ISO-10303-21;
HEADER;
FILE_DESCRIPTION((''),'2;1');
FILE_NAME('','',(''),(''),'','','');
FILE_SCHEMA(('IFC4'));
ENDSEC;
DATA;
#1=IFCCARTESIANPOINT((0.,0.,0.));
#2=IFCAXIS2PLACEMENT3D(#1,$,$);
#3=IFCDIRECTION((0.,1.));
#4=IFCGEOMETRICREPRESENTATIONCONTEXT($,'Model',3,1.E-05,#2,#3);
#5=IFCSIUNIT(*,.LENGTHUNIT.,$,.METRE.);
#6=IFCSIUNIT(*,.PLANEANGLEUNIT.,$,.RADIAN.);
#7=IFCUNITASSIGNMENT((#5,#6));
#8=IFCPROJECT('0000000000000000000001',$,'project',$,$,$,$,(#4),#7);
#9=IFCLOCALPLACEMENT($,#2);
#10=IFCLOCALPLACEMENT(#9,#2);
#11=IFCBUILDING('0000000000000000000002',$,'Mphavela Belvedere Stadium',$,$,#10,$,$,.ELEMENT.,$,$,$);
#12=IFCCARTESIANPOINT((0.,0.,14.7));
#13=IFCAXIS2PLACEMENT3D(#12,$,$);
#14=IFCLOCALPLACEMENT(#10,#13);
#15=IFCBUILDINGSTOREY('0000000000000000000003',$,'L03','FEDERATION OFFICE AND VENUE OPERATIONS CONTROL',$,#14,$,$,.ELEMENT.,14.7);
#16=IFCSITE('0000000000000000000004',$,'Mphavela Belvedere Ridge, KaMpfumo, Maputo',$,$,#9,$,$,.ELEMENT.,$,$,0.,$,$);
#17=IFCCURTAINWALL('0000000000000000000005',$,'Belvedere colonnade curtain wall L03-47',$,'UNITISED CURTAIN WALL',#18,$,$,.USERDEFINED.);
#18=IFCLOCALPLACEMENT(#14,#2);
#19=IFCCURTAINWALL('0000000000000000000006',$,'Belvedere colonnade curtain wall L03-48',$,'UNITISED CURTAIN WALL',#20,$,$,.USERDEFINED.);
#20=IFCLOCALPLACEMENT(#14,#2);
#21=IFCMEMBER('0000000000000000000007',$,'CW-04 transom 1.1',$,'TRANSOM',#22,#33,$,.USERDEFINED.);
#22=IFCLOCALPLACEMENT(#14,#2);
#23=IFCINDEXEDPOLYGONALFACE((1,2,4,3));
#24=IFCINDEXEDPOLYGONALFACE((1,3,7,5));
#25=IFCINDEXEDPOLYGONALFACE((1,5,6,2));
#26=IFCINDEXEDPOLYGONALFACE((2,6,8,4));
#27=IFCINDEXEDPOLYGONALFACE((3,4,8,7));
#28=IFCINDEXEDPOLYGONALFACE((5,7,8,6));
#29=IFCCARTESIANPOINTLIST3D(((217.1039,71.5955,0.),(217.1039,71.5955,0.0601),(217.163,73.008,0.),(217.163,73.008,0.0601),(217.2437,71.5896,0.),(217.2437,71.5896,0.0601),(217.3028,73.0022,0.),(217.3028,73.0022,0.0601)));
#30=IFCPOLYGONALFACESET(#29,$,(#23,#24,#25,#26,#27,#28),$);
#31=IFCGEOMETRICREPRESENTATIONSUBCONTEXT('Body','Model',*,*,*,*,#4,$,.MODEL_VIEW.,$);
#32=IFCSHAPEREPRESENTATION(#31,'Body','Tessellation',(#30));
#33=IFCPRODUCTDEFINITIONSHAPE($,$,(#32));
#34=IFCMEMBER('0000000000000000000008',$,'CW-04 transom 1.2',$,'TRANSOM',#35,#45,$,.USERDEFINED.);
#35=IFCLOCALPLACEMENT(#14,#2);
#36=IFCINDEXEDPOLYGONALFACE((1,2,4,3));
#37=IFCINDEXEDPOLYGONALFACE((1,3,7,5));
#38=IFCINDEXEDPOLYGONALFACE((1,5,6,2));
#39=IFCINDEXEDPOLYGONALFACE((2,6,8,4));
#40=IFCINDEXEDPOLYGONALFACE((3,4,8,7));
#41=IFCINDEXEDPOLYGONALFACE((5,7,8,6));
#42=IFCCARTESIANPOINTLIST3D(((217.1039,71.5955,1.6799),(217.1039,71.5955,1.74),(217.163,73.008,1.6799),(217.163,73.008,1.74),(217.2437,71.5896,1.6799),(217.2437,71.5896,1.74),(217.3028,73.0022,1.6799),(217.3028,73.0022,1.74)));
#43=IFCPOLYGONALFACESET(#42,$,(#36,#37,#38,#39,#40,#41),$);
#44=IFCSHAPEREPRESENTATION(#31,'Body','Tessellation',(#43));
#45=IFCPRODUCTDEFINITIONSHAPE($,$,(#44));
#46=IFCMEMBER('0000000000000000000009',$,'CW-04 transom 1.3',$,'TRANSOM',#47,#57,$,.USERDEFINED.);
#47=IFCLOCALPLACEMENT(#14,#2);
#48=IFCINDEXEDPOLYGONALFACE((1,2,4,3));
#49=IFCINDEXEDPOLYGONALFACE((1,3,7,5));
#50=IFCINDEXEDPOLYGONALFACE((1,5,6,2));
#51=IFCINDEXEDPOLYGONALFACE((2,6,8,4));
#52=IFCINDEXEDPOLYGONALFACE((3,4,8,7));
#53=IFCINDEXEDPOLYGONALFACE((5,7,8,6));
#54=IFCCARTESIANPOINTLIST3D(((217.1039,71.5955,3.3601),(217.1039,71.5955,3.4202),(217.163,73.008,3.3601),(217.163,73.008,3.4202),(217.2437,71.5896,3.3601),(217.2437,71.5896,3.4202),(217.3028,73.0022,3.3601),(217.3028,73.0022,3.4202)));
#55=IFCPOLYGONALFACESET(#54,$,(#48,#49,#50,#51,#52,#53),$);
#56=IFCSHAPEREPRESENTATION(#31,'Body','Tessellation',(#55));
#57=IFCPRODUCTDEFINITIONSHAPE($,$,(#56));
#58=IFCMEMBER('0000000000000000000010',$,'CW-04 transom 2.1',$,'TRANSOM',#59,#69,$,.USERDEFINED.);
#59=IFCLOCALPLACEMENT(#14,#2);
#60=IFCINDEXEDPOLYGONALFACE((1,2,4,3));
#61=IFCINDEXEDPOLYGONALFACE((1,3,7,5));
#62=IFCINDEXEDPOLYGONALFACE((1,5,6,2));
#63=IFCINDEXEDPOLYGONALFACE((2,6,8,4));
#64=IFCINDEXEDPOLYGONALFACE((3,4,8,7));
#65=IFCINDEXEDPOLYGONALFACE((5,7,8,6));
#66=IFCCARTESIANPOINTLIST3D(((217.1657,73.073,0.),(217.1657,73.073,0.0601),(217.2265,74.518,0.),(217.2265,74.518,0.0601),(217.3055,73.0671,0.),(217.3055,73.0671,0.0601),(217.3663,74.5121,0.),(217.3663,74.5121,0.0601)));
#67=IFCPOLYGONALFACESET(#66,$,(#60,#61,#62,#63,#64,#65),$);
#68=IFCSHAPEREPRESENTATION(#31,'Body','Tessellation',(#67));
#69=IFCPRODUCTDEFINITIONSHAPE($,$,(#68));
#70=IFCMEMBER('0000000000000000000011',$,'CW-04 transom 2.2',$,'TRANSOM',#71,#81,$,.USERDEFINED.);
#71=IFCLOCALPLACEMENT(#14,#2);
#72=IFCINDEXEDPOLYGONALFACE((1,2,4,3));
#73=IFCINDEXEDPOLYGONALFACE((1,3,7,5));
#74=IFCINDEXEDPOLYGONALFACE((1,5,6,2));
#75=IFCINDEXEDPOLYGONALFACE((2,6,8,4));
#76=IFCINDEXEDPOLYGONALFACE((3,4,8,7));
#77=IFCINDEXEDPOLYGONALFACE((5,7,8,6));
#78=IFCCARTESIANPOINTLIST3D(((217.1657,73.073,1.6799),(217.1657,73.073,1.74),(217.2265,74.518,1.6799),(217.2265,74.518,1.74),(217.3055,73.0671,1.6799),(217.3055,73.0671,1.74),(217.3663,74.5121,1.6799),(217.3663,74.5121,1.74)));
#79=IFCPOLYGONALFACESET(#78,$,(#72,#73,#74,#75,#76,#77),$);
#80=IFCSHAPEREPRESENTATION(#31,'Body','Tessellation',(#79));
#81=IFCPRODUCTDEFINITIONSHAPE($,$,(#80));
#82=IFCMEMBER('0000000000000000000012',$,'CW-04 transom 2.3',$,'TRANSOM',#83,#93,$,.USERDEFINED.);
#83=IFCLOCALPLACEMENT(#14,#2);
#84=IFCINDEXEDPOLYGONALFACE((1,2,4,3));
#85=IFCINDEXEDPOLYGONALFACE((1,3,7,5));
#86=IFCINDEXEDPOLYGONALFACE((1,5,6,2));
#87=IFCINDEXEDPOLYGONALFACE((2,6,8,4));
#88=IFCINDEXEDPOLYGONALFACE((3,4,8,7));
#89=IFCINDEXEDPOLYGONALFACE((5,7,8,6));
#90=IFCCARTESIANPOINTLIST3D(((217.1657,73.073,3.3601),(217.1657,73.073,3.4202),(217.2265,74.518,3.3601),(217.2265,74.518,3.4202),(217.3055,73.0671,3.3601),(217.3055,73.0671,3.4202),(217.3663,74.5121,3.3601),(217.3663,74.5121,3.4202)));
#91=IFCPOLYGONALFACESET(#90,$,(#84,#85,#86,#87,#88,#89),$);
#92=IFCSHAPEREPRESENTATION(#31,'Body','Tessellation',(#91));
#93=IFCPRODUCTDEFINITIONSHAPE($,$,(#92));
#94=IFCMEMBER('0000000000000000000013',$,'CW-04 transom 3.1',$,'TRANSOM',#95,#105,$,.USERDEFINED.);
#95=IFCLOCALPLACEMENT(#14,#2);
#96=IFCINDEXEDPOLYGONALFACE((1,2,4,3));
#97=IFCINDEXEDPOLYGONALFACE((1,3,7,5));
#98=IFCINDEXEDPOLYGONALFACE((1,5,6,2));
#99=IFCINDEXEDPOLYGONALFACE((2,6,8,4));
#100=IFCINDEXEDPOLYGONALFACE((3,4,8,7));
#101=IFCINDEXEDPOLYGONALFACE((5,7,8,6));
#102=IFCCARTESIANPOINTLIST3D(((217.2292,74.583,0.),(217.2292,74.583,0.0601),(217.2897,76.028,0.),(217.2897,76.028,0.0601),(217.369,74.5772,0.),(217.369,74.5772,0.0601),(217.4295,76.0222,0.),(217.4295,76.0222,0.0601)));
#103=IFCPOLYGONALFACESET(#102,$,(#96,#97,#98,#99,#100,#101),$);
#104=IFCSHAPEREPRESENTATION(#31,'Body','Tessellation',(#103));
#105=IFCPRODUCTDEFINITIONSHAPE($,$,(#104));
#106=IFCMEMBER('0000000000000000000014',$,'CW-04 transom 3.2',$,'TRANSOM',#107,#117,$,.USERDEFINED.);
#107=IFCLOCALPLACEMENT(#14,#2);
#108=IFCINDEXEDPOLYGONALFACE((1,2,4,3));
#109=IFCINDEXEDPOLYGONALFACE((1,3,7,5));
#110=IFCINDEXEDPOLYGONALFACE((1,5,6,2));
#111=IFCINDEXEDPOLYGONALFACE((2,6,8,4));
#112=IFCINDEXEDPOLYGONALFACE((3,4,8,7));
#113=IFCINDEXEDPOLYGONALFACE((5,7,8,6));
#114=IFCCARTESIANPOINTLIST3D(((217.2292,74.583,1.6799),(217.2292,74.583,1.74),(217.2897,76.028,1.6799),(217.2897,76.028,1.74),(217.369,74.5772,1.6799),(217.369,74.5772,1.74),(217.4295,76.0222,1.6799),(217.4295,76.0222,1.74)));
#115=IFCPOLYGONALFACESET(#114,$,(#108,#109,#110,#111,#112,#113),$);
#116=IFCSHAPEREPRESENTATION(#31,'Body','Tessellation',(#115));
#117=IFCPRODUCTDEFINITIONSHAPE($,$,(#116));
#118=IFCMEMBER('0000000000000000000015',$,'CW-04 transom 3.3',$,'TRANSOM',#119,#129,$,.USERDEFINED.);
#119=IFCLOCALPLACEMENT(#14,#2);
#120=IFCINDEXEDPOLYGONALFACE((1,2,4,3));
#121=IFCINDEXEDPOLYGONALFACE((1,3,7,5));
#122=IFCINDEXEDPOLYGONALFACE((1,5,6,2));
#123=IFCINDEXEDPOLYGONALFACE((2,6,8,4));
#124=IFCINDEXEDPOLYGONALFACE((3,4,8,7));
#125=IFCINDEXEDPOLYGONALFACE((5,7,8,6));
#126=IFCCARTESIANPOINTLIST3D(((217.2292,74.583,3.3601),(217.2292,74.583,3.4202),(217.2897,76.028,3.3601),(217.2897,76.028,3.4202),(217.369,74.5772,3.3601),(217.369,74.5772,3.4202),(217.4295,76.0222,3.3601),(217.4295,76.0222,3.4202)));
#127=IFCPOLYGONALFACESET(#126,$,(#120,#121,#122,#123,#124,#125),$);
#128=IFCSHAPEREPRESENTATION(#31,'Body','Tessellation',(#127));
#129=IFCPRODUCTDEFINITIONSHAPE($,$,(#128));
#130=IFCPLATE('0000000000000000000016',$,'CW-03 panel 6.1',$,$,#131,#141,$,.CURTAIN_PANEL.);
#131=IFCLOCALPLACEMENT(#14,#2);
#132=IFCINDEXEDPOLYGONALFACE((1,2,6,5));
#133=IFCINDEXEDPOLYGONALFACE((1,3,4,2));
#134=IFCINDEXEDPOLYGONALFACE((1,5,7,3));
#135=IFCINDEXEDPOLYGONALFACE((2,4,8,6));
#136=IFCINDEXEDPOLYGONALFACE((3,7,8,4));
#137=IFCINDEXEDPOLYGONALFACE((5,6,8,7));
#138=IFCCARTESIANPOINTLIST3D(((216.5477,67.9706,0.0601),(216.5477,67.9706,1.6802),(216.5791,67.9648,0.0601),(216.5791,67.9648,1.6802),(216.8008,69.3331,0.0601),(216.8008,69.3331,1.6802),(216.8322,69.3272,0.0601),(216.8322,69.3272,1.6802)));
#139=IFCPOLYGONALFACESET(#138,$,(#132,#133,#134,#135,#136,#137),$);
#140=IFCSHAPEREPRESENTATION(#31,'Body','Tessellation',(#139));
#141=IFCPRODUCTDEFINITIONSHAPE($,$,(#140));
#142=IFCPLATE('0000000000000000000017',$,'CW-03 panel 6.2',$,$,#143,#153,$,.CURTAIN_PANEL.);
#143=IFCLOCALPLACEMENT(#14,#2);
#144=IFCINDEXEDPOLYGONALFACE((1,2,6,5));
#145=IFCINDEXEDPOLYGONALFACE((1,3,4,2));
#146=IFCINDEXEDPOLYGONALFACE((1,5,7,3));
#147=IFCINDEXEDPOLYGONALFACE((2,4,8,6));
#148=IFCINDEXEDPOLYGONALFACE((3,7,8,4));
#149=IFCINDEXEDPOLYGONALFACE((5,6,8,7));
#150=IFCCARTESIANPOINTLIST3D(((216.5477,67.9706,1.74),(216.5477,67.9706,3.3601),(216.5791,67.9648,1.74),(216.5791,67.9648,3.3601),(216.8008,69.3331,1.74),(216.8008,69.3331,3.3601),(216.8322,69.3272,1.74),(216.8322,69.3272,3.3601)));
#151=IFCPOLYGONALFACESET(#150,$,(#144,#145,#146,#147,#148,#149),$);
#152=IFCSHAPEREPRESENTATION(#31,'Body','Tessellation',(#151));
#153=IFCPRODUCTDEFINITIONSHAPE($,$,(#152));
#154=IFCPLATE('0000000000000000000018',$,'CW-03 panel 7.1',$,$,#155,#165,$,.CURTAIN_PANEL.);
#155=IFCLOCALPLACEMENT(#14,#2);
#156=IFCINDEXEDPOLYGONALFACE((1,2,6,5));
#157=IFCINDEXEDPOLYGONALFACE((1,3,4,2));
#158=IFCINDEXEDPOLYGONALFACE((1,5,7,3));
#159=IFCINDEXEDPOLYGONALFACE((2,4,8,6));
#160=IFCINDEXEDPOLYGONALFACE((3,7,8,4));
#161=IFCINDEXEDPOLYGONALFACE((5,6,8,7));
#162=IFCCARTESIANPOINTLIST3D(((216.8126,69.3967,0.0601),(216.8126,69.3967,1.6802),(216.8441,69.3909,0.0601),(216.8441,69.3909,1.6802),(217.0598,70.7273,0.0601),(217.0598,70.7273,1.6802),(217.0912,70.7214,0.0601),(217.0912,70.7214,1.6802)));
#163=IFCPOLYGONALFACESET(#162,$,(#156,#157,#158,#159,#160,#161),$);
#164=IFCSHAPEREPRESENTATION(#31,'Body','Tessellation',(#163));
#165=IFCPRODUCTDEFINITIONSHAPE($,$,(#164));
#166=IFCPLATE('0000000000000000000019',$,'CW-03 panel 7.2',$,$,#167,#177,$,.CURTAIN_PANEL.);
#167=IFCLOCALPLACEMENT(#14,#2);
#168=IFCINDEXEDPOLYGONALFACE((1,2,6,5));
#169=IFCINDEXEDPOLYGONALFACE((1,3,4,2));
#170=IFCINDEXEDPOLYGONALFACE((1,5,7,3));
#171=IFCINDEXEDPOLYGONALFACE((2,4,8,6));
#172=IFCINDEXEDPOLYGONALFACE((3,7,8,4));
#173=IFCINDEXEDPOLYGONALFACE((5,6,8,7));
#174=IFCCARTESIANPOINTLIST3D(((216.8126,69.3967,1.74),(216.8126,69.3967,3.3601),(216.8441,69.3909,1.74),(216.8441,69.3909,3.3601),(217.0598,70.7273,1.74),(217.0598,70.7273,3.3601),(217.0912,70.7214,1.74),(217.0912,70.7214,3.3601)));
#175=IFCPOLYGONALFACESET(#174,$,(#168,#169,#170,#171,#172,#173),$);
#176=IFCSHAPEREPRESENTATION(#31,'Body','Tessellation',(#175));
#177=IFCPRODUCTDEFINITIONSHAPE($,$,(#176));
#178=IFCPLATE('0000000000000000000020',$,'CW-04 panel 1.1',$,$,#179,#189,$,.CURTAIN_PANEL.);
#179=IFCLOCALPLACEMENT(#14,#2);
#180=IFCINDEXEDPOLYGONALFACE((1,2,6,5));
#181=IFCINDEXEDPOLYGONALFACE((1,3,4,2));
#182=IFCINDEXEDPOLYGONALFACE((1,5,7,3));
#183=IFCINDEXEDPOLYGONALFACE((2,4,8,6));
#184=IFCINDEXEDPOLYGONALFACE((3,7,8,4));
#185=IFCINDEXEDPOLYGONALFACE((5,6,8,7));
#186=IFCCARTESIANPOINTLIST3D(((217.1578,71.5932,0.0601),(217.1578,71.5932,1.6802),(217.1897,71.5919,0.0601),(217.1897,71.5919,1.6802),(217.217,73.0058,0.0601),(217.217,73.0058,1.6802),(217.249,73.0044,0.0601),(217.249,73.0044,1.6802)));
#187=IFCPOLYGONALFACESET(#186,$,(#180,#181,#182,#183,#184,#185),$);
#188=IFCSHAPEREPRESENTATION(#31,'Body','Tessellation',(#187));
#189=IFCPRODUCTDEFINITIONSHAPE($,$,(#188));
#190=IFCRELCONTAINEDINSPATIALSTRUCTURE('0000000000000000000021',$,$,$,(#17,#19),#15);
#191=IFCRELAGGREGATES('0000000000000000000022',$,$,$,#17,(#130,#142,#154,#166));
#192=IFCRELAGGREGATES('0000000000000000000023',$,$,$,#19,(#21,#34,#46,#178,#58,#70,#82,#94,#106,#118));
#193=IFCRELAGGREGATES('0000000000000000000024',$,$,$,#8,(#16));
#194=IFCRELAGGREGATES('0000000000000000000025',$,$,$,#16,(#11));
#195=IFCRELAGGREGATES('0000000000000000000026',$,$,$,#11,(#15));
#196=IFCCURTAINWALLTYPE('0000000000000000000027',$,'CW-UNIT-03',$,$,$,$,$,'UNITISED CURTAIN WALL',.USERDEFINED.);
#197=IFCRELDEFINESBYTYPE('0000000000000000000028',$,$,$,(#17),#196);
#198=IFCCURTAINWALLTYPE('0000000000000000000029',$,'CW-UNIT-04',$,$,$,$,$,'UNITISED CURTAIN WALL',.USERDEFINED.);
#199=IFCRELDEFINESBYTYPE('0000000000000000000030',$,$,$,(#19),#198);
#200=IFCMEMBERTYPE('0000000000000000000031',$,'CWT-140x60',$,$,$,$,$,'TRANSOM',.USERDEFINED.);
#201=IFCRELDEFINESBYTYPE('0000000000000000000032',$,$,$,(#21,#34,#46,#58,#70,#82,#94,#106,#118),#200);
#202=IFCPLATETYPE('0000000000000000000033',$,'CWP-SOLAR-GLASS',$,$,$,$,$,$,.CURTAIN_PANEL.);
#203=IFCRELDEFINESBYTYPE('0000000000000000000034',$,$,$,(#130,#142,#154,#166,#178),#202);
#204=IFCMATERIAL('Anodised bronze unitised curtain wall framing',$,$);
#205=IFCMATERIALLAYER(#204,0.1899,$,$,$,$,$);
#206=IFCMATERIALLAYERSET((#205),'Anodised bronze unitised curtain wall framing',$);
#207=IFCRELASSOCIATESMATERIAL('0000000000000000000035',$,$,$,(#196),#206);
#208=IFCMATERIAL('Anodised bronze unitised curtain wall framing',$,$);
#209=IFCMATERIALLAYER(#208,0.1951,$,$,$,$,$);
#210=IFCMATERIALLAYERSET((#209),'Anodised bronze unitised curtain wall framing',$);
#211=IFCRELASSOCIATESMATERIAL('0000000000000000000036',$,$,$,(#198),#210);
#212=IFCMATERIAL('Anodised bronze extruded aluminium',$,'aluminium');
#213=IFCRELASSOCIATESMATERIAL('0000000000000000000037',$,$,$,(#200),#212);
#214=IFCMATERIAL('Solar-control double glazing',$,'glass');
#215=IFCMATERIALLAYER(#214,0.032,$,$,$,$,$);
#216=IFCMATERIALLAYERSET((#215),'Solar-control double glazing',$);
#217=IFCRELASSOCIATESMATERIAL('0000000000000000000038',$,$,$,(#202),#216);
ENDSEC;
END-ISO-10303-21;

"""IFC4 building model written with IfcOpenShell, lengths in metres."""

from ifc_helpers import new_model, si_unit, direction, frame, origin, origin_2d, place, context, subcontext, project, spatial, rectangle, extrude, material, layer, layer_set, material_profile, profile_set, type_object, element, aggregate, save


model = new_model("IFC4")

# Units and contexts
model_context = context("Model", 3, precision=1e-05, world=origin(), true_north=direction((0.0, 1.0)))
body_context = subcontext(model_context, "Body", "Model", "MODEL_VIEW")
ifc_project = project(units=[si_unit("LENGTHUNIT", "METRE"), si_unit("PLANEANGLEUNIT", "RADIAN")], contexts=[model_context])

# Site, building, storey
site_placement = place(None, origin())
site = spatial("IfcSite", under=ifc_project, at=site_placement, Name="Mphavela Belvedere Ridge, KaMpfumo, Maputo", CompositionType="ELEMENT", RefElevation=0.0)
building_placement = place(site_placement, origin())
building = spatial("IfcBuilding", under=site, at=building_placement, Name="Mphavela Belvedere Stadium", CompositionType="ELEMENT")
storey_placement = place(building_placement, frame((0.0, 0.0, 14.7)))
storey = spatial("IfcBuildingStorey", under=building, at=storey_placement, Name="L03", Description="FEDERATION OFFICE AND VENUE OPERATIONS CONTROL", CompositionType="ELEMENT", Elevation=14.7)

# Curtain walls
ifc_material_1 = material(Name="Anodised bronze unitised curtain wall framing")
ifc_layer_1 = layer(ifc_material_1, 0.1899)
ifc_layer_set_1 = layer_set([ifc_layer_1], Name="Anodised bronze unitised curtain wall framing")
curtain_wall_type_1 = type_object("IfcCurtainWallType", Name="CW-UNIT-03", ElementType="UNITISED CURTAIN WALL", PredefinedType="USERDEFINED", material=ifc_layer_set_1)
curtain_wall_1_placement = place(storey_placement, origin())
curtain_wall_1 = element("IfcCurtainWall", 1, at=curtain_wall_1_placement, inside=storey, type_object=curtain_wall_type_1, Name="Belvedere colonnade curtain wall L03-47", ObjectType="UNITISED CURTAIN WALL", PredefinedType="USERDEFINED")
ifc_material_2 = material(Name="Anodised bronze unitised curtain wall framing")
ifc_layer_2 = layer(ifc_material_2, 0.1951)
ifc_layer_set_2 = layer_set([ifc_layer_2], Name="Anodised bronze unitised curtain wall framing")
curtain_wall_type_2 = type_object("IfcCurtainWallType", Name="CW-UNIT-04", ElementType="UNITISED CURTAIN WALL", PredefinedType="USERDEFINED", material=ifc_layer_set_2)
curtain_wall_2_placement = place(storey_placement, origin())
curtain_wall_2 = element("IfcCurtainWall", 2, at=curtain_wall_2_placement, inside=storey, type_object=curtain_wall_type_2, Name="Belvedere colonnade curtain wall L03-48", ObjectType="UNITISED CURTAIN WALL", PredefinedType="USERDEFINED")

# Members
ifc_material_3 = material(Name="Anodised bronze extruded aluminium", Category="aluminium")
ifc_material_profile_1 = material_profile(ifc_material_3, rectangle(XDim=0.1399, YDim=0.0601, at=origin_2d()), Name="CW-TRN 140x60")
ifc_profile_set_1 = profile_set([ifc_material_profile_1], Name="Anodised bronze extruded aluminium")
member_type_1 = type_object("IfcMemberType", Name="CWT-140x60", ElementType="TRANSOM", PredefinedType="USERDEFINED", material=ifc_profile_set_1)
member_1_placement = place(storey_placement, frame((217.1738, 71.5925, 0.03), z_axis=(0.041789, 0.999126, 0.0), x_axis=(-0.999126, 0.041789, 0.0)))
member_1 = element("IfcMember", 3, at=member_1_placement, type_object=member_type_1, Name="CW-04 transom 1.1", ObjectType="TRANSOM", PredefinedType="USERDEFINED", context=body_context, shape_type="SweptSolid", body=[
    extrude(rectangle(XDim=0.1399, YDim=0.0601, at=origin_2d()), origin(), (0.0, 0.0, 1.0), 1.4138),
])
member_2_placement = place(storey_placement, frame((217.1738, 71.5925, 1.71), z_axis=(0.041789, 0.999126, 0.0), x_axis=(-0.999126, 0.041789, 0.0)))
member_2 = element("IfcMember", 4, at=member_2_placement, type_object=member_type_1, Name="CW-04 transom 1.2", ObjectType="TRANSOM", PredefinedType="USERDEFINED", context=body_context, shape_type="SweptSolid", body=[
    extrude(rectangle(XDim=0.1399, YDim=0.0601, at=origin_2d()), origin(), (0.0, 0.0, 1.0), 1.4138),
])
member_3_placement = place(storey_placement, frame((217.1738, 71.5925, 3.3901), z_axis=(0.041789, 0.999126, 0.0), x_axis=(-0.999126, 0.041789, 0.0)))
member_3 = element("IfcMember", 5, at=member_3_placement, type_object=member_type_1, Name="CW-04 transom 1.3", ObjectType="TRANSOM", PredefinedType="USERDEFINED", context=body_context, shape_type="SweptSolid", body=[
    extrude(rectangle(XDim=0.1399, YDim=0.0601, at=origin_2d()), origin(), (0.0, 0.0, 1.0), 1.4138),
])
member_4_placement = place(storey_placement, frame((217.2356, 73.0701, 0.03), z_axis=(0.042031, 0.999116, 0.0), x_axis=(-0.999116, 0.042031, 0.0)))
member_4 = element("IfcMember", 6, at=member_4_placement, type_object=member_type_1, Name="CW-04 transom 2.1", ObjectType="TRANSOM", PredefinedType="USERDEFINED", context=body_context, shape_type="SweptSolid", body=[
    extrude(rectangle(XDim=0.1399, YDim=0.0601, at=origin_2d()), origin(), (0.0, 0.0, 1.0), 1.4463),
])
member_5_placement = place(storey_placement, frame((217.2356, 73.0701, 1.71), z_axis=(0.042031, 0.999116, 0.0), x_axis=(-0.999116, 0.042031, 0.0)))
member_5 = element("IfcMember", 7, at=member_5_placement, type_object=member_type_1, Name="CW-04 transom 2.2", ObjectType="TRANSOM", PredefinedType="USERDEFINED", context=body_context, shape_type="SweptSolid", body=[
    extrude(rectangle(XDim=0.1399, YDim=0.0601, at=origin_2d()), origin(), (0.0, 0.0, 1.0), 1.4463),
])
member_6_placement = place(storey_placement, frame((217.2356, 73.0701, 3.3901), z_axis=(0.042031, 0.999116, 0.0), x_axis=(-0.999116, 0.042031, 0.0)))
member_6 = element("IfcMember", 8, at=member_6_placement, type_object=member_type_1, Name="CW-04 transom 2.3", ObjectType="TRANSOM", PredefinedType="USERDEFINED", context=body_context, shape_type="SweptSolid", body=[
    extrude(rectangle(XDim=0.1399, YDim=0.0601, at=origin_2d()), origin(), (0.0, 0.0, 1.0), 1.4463),
])
member_7_placement = place(storey_placement, frame((217.2991, 74.5801, 0.03), z_axis=(0.041862, 0.999123, 0.0), x_axis=(-0.999123, 0.041862, 0.0)))
member_7 = element("IfcMember", 9, at=member_7_placement, type_object=member_type_1, Name="CW-04 transom 3.1", ObjectType="TRANSOM", PredefinedType="USERDEFINED", context=body_context, shape_type="SweptSolid", body=[
    extrude(rectangle(XDim=0.1399, YDim=0.0601, at=origin_2d()), origin(), (0.0, 0.0, 1.0), 1.4463),
])
member_8_placement = place(storey_placement, frame((217.2991, 74.5801, 1.71), z_axis=(0.041862, 0.999123, 0.0), x_axis=(-0.999123, 0.041862, 0.0)))
member_8 = element("IfcMember", 10, at=member_8_placement, type_object=member_type_1, Name="CW-04 transom 3.2", ObjectType="TRANSOM", PredefinedType="USERDEFINED", context=body_context, shape_type="SweptSolid", body=[
    extrude(rectangle(XDim=0.1399, YDim=0.0601, at=origin_2d()), origin(), (0.0, 0.0, 1.0), 1.4463),
])
member_9_placement = place(storey_placement, frame((217.2991, 74.5801, 3.3901), z_axis=(0.041862, 0.999123, 0.0), x_axis=(-0.999123, 0.041862, 0.0)))
member_9 = element("IfcMember", 11, at=member_9_placement, type_object=member_type_1, Name="CW-04 transom 3.3", ObjectType="TRANSOM", PredefinedType="USERDEFINED", context=body_context, shape_type="SweptSolid", body=[
    extrude(rectangle(XDim=0.1399, YDim=0.0601, at=origin_2d()), origin(), (0.0, 0.0, 1.0), 1.4463),
])

# Plates
ifc_material_4 = material(Name="Solar-control double glazing", Category="glass")
ifc_layer_3 = layer(ifc_material_4, 0.032)
ifc_layer_set_3 = layer_set([ifc_layer_3], Name="Solar-control double glazing")
plate_type = type_object("IfcPlateType", Name="CWP-SOLAR-GLASS", PredefinedType="CURTAIN_PANEL", material=ifc_layer_set_3)
plate_1_placement = place(storey_placement, frame((216.6899, 68.6489, 0.0601), z_axis=(0.0, 0.0, 1.0), x_axis=(0.182631, 0.983181, 0.0)))
plate_1 = element("IfcPlate", 12, at=plate_1_placement, type_object=plate_type, Name="CW-03 panel 6.1", PredefinedType="CURTAIN_PANEL", context=body_context, shape_type="SweptSolid", body=[
    extrude(rectangle(XDim=1.3857, YDim=0.032, at=origin_2d()), origin(), (0.0, 0.0, 1.0), 1.6201),
])
plate_2_placement = place(storey_placement, frame((216.6899, 68.6489, 1.74), z_axis=(0.0, 0.0, 1.0), x_axis=(0.182631, 0.983181, 0.0)))
plate_2 = element("IfcPlate", 13, at=plate_2_placement, type_object=plate_type, Name="CW-03 panel 6.2", PredefinedType="CURTAIN_PANEL", context=body_context, shape_type="SweptSolid", body=[
    extrude(rectangle(XDim=1.3857, YDim=0.032, at=origin_2d()), origin(), (0.0, 0.0, 1.0), 1.6201),
])
plate_3_placement = place(storey_placement, frame((216.9519, 70.0591, 0.0601), z_axis=(0.0, 0.0, 1.0), x_axis=(0.182631, 0.983181, 0.0)))
plate_3 = element("IfcPlate", 14, at=plate_3_placement, type_object=plate_type, Name="CW-03 panel 7.1", PredefinedType="CURTAIN_PANEL", context=body_context, shape_type="SweptSolid", body=[
    extrude(rectangle(XDim=1.3533, YDim=0.032, at=origin_2d()), origin(), (0.0, 0.0, 1.0), 1.6201),
])
plate_4_placement = place(storey_placement, frame((216.9519, 70.0591, 1.74), z_axis=(0.0, 0.0, 1.0), x_axis=(0.182631, 0.983181, 0.0)))
plate_4 = element("IfcPlate", 15, at=plate_4_placement, type_object=plate_type, Name="CW-03 panel 7.2", PredefinedType="CURTAIN_PANEL", context=body_context, shape_type="SweptSolid", body=[
    extrude(rectangle(XDim=1.3533, YDim=0.032, at=origin_2d()), origin(), (0.0, 0.0, 1.0), 1.6201),
])
aggregate(curtain_wall_1, [plate_1, plate_2, plate_3, plate_4])
plate_5_placement = place(storey_placement, frame((217.2034, 72.2988, 0.0601), z_axis=(0.0, 0.0, 1.0), x_axis=(0.041911, 0.999121, 0.0)))
plate_5 = element("IfcPlate", 16, at=plate_5_placement, type_object=plate_type, Name="CW-04 panel 1.1", PredefinedType="CURTAIN_PANEL", context=body_context, shape_type="SweptSolid", body=[
    extrude(rectangle(XDim=1.4138, YDim=0.032, at=origin_2d()), origin(), (0.0, 0.0, 1.0), 1.6201),
])
aggregate(curtain_wall_2, [member_1, member_2, member_3, plate_5, member_4, member_5, member_6, member_7, member_8, member_9])

save(model, "model.ifc")
